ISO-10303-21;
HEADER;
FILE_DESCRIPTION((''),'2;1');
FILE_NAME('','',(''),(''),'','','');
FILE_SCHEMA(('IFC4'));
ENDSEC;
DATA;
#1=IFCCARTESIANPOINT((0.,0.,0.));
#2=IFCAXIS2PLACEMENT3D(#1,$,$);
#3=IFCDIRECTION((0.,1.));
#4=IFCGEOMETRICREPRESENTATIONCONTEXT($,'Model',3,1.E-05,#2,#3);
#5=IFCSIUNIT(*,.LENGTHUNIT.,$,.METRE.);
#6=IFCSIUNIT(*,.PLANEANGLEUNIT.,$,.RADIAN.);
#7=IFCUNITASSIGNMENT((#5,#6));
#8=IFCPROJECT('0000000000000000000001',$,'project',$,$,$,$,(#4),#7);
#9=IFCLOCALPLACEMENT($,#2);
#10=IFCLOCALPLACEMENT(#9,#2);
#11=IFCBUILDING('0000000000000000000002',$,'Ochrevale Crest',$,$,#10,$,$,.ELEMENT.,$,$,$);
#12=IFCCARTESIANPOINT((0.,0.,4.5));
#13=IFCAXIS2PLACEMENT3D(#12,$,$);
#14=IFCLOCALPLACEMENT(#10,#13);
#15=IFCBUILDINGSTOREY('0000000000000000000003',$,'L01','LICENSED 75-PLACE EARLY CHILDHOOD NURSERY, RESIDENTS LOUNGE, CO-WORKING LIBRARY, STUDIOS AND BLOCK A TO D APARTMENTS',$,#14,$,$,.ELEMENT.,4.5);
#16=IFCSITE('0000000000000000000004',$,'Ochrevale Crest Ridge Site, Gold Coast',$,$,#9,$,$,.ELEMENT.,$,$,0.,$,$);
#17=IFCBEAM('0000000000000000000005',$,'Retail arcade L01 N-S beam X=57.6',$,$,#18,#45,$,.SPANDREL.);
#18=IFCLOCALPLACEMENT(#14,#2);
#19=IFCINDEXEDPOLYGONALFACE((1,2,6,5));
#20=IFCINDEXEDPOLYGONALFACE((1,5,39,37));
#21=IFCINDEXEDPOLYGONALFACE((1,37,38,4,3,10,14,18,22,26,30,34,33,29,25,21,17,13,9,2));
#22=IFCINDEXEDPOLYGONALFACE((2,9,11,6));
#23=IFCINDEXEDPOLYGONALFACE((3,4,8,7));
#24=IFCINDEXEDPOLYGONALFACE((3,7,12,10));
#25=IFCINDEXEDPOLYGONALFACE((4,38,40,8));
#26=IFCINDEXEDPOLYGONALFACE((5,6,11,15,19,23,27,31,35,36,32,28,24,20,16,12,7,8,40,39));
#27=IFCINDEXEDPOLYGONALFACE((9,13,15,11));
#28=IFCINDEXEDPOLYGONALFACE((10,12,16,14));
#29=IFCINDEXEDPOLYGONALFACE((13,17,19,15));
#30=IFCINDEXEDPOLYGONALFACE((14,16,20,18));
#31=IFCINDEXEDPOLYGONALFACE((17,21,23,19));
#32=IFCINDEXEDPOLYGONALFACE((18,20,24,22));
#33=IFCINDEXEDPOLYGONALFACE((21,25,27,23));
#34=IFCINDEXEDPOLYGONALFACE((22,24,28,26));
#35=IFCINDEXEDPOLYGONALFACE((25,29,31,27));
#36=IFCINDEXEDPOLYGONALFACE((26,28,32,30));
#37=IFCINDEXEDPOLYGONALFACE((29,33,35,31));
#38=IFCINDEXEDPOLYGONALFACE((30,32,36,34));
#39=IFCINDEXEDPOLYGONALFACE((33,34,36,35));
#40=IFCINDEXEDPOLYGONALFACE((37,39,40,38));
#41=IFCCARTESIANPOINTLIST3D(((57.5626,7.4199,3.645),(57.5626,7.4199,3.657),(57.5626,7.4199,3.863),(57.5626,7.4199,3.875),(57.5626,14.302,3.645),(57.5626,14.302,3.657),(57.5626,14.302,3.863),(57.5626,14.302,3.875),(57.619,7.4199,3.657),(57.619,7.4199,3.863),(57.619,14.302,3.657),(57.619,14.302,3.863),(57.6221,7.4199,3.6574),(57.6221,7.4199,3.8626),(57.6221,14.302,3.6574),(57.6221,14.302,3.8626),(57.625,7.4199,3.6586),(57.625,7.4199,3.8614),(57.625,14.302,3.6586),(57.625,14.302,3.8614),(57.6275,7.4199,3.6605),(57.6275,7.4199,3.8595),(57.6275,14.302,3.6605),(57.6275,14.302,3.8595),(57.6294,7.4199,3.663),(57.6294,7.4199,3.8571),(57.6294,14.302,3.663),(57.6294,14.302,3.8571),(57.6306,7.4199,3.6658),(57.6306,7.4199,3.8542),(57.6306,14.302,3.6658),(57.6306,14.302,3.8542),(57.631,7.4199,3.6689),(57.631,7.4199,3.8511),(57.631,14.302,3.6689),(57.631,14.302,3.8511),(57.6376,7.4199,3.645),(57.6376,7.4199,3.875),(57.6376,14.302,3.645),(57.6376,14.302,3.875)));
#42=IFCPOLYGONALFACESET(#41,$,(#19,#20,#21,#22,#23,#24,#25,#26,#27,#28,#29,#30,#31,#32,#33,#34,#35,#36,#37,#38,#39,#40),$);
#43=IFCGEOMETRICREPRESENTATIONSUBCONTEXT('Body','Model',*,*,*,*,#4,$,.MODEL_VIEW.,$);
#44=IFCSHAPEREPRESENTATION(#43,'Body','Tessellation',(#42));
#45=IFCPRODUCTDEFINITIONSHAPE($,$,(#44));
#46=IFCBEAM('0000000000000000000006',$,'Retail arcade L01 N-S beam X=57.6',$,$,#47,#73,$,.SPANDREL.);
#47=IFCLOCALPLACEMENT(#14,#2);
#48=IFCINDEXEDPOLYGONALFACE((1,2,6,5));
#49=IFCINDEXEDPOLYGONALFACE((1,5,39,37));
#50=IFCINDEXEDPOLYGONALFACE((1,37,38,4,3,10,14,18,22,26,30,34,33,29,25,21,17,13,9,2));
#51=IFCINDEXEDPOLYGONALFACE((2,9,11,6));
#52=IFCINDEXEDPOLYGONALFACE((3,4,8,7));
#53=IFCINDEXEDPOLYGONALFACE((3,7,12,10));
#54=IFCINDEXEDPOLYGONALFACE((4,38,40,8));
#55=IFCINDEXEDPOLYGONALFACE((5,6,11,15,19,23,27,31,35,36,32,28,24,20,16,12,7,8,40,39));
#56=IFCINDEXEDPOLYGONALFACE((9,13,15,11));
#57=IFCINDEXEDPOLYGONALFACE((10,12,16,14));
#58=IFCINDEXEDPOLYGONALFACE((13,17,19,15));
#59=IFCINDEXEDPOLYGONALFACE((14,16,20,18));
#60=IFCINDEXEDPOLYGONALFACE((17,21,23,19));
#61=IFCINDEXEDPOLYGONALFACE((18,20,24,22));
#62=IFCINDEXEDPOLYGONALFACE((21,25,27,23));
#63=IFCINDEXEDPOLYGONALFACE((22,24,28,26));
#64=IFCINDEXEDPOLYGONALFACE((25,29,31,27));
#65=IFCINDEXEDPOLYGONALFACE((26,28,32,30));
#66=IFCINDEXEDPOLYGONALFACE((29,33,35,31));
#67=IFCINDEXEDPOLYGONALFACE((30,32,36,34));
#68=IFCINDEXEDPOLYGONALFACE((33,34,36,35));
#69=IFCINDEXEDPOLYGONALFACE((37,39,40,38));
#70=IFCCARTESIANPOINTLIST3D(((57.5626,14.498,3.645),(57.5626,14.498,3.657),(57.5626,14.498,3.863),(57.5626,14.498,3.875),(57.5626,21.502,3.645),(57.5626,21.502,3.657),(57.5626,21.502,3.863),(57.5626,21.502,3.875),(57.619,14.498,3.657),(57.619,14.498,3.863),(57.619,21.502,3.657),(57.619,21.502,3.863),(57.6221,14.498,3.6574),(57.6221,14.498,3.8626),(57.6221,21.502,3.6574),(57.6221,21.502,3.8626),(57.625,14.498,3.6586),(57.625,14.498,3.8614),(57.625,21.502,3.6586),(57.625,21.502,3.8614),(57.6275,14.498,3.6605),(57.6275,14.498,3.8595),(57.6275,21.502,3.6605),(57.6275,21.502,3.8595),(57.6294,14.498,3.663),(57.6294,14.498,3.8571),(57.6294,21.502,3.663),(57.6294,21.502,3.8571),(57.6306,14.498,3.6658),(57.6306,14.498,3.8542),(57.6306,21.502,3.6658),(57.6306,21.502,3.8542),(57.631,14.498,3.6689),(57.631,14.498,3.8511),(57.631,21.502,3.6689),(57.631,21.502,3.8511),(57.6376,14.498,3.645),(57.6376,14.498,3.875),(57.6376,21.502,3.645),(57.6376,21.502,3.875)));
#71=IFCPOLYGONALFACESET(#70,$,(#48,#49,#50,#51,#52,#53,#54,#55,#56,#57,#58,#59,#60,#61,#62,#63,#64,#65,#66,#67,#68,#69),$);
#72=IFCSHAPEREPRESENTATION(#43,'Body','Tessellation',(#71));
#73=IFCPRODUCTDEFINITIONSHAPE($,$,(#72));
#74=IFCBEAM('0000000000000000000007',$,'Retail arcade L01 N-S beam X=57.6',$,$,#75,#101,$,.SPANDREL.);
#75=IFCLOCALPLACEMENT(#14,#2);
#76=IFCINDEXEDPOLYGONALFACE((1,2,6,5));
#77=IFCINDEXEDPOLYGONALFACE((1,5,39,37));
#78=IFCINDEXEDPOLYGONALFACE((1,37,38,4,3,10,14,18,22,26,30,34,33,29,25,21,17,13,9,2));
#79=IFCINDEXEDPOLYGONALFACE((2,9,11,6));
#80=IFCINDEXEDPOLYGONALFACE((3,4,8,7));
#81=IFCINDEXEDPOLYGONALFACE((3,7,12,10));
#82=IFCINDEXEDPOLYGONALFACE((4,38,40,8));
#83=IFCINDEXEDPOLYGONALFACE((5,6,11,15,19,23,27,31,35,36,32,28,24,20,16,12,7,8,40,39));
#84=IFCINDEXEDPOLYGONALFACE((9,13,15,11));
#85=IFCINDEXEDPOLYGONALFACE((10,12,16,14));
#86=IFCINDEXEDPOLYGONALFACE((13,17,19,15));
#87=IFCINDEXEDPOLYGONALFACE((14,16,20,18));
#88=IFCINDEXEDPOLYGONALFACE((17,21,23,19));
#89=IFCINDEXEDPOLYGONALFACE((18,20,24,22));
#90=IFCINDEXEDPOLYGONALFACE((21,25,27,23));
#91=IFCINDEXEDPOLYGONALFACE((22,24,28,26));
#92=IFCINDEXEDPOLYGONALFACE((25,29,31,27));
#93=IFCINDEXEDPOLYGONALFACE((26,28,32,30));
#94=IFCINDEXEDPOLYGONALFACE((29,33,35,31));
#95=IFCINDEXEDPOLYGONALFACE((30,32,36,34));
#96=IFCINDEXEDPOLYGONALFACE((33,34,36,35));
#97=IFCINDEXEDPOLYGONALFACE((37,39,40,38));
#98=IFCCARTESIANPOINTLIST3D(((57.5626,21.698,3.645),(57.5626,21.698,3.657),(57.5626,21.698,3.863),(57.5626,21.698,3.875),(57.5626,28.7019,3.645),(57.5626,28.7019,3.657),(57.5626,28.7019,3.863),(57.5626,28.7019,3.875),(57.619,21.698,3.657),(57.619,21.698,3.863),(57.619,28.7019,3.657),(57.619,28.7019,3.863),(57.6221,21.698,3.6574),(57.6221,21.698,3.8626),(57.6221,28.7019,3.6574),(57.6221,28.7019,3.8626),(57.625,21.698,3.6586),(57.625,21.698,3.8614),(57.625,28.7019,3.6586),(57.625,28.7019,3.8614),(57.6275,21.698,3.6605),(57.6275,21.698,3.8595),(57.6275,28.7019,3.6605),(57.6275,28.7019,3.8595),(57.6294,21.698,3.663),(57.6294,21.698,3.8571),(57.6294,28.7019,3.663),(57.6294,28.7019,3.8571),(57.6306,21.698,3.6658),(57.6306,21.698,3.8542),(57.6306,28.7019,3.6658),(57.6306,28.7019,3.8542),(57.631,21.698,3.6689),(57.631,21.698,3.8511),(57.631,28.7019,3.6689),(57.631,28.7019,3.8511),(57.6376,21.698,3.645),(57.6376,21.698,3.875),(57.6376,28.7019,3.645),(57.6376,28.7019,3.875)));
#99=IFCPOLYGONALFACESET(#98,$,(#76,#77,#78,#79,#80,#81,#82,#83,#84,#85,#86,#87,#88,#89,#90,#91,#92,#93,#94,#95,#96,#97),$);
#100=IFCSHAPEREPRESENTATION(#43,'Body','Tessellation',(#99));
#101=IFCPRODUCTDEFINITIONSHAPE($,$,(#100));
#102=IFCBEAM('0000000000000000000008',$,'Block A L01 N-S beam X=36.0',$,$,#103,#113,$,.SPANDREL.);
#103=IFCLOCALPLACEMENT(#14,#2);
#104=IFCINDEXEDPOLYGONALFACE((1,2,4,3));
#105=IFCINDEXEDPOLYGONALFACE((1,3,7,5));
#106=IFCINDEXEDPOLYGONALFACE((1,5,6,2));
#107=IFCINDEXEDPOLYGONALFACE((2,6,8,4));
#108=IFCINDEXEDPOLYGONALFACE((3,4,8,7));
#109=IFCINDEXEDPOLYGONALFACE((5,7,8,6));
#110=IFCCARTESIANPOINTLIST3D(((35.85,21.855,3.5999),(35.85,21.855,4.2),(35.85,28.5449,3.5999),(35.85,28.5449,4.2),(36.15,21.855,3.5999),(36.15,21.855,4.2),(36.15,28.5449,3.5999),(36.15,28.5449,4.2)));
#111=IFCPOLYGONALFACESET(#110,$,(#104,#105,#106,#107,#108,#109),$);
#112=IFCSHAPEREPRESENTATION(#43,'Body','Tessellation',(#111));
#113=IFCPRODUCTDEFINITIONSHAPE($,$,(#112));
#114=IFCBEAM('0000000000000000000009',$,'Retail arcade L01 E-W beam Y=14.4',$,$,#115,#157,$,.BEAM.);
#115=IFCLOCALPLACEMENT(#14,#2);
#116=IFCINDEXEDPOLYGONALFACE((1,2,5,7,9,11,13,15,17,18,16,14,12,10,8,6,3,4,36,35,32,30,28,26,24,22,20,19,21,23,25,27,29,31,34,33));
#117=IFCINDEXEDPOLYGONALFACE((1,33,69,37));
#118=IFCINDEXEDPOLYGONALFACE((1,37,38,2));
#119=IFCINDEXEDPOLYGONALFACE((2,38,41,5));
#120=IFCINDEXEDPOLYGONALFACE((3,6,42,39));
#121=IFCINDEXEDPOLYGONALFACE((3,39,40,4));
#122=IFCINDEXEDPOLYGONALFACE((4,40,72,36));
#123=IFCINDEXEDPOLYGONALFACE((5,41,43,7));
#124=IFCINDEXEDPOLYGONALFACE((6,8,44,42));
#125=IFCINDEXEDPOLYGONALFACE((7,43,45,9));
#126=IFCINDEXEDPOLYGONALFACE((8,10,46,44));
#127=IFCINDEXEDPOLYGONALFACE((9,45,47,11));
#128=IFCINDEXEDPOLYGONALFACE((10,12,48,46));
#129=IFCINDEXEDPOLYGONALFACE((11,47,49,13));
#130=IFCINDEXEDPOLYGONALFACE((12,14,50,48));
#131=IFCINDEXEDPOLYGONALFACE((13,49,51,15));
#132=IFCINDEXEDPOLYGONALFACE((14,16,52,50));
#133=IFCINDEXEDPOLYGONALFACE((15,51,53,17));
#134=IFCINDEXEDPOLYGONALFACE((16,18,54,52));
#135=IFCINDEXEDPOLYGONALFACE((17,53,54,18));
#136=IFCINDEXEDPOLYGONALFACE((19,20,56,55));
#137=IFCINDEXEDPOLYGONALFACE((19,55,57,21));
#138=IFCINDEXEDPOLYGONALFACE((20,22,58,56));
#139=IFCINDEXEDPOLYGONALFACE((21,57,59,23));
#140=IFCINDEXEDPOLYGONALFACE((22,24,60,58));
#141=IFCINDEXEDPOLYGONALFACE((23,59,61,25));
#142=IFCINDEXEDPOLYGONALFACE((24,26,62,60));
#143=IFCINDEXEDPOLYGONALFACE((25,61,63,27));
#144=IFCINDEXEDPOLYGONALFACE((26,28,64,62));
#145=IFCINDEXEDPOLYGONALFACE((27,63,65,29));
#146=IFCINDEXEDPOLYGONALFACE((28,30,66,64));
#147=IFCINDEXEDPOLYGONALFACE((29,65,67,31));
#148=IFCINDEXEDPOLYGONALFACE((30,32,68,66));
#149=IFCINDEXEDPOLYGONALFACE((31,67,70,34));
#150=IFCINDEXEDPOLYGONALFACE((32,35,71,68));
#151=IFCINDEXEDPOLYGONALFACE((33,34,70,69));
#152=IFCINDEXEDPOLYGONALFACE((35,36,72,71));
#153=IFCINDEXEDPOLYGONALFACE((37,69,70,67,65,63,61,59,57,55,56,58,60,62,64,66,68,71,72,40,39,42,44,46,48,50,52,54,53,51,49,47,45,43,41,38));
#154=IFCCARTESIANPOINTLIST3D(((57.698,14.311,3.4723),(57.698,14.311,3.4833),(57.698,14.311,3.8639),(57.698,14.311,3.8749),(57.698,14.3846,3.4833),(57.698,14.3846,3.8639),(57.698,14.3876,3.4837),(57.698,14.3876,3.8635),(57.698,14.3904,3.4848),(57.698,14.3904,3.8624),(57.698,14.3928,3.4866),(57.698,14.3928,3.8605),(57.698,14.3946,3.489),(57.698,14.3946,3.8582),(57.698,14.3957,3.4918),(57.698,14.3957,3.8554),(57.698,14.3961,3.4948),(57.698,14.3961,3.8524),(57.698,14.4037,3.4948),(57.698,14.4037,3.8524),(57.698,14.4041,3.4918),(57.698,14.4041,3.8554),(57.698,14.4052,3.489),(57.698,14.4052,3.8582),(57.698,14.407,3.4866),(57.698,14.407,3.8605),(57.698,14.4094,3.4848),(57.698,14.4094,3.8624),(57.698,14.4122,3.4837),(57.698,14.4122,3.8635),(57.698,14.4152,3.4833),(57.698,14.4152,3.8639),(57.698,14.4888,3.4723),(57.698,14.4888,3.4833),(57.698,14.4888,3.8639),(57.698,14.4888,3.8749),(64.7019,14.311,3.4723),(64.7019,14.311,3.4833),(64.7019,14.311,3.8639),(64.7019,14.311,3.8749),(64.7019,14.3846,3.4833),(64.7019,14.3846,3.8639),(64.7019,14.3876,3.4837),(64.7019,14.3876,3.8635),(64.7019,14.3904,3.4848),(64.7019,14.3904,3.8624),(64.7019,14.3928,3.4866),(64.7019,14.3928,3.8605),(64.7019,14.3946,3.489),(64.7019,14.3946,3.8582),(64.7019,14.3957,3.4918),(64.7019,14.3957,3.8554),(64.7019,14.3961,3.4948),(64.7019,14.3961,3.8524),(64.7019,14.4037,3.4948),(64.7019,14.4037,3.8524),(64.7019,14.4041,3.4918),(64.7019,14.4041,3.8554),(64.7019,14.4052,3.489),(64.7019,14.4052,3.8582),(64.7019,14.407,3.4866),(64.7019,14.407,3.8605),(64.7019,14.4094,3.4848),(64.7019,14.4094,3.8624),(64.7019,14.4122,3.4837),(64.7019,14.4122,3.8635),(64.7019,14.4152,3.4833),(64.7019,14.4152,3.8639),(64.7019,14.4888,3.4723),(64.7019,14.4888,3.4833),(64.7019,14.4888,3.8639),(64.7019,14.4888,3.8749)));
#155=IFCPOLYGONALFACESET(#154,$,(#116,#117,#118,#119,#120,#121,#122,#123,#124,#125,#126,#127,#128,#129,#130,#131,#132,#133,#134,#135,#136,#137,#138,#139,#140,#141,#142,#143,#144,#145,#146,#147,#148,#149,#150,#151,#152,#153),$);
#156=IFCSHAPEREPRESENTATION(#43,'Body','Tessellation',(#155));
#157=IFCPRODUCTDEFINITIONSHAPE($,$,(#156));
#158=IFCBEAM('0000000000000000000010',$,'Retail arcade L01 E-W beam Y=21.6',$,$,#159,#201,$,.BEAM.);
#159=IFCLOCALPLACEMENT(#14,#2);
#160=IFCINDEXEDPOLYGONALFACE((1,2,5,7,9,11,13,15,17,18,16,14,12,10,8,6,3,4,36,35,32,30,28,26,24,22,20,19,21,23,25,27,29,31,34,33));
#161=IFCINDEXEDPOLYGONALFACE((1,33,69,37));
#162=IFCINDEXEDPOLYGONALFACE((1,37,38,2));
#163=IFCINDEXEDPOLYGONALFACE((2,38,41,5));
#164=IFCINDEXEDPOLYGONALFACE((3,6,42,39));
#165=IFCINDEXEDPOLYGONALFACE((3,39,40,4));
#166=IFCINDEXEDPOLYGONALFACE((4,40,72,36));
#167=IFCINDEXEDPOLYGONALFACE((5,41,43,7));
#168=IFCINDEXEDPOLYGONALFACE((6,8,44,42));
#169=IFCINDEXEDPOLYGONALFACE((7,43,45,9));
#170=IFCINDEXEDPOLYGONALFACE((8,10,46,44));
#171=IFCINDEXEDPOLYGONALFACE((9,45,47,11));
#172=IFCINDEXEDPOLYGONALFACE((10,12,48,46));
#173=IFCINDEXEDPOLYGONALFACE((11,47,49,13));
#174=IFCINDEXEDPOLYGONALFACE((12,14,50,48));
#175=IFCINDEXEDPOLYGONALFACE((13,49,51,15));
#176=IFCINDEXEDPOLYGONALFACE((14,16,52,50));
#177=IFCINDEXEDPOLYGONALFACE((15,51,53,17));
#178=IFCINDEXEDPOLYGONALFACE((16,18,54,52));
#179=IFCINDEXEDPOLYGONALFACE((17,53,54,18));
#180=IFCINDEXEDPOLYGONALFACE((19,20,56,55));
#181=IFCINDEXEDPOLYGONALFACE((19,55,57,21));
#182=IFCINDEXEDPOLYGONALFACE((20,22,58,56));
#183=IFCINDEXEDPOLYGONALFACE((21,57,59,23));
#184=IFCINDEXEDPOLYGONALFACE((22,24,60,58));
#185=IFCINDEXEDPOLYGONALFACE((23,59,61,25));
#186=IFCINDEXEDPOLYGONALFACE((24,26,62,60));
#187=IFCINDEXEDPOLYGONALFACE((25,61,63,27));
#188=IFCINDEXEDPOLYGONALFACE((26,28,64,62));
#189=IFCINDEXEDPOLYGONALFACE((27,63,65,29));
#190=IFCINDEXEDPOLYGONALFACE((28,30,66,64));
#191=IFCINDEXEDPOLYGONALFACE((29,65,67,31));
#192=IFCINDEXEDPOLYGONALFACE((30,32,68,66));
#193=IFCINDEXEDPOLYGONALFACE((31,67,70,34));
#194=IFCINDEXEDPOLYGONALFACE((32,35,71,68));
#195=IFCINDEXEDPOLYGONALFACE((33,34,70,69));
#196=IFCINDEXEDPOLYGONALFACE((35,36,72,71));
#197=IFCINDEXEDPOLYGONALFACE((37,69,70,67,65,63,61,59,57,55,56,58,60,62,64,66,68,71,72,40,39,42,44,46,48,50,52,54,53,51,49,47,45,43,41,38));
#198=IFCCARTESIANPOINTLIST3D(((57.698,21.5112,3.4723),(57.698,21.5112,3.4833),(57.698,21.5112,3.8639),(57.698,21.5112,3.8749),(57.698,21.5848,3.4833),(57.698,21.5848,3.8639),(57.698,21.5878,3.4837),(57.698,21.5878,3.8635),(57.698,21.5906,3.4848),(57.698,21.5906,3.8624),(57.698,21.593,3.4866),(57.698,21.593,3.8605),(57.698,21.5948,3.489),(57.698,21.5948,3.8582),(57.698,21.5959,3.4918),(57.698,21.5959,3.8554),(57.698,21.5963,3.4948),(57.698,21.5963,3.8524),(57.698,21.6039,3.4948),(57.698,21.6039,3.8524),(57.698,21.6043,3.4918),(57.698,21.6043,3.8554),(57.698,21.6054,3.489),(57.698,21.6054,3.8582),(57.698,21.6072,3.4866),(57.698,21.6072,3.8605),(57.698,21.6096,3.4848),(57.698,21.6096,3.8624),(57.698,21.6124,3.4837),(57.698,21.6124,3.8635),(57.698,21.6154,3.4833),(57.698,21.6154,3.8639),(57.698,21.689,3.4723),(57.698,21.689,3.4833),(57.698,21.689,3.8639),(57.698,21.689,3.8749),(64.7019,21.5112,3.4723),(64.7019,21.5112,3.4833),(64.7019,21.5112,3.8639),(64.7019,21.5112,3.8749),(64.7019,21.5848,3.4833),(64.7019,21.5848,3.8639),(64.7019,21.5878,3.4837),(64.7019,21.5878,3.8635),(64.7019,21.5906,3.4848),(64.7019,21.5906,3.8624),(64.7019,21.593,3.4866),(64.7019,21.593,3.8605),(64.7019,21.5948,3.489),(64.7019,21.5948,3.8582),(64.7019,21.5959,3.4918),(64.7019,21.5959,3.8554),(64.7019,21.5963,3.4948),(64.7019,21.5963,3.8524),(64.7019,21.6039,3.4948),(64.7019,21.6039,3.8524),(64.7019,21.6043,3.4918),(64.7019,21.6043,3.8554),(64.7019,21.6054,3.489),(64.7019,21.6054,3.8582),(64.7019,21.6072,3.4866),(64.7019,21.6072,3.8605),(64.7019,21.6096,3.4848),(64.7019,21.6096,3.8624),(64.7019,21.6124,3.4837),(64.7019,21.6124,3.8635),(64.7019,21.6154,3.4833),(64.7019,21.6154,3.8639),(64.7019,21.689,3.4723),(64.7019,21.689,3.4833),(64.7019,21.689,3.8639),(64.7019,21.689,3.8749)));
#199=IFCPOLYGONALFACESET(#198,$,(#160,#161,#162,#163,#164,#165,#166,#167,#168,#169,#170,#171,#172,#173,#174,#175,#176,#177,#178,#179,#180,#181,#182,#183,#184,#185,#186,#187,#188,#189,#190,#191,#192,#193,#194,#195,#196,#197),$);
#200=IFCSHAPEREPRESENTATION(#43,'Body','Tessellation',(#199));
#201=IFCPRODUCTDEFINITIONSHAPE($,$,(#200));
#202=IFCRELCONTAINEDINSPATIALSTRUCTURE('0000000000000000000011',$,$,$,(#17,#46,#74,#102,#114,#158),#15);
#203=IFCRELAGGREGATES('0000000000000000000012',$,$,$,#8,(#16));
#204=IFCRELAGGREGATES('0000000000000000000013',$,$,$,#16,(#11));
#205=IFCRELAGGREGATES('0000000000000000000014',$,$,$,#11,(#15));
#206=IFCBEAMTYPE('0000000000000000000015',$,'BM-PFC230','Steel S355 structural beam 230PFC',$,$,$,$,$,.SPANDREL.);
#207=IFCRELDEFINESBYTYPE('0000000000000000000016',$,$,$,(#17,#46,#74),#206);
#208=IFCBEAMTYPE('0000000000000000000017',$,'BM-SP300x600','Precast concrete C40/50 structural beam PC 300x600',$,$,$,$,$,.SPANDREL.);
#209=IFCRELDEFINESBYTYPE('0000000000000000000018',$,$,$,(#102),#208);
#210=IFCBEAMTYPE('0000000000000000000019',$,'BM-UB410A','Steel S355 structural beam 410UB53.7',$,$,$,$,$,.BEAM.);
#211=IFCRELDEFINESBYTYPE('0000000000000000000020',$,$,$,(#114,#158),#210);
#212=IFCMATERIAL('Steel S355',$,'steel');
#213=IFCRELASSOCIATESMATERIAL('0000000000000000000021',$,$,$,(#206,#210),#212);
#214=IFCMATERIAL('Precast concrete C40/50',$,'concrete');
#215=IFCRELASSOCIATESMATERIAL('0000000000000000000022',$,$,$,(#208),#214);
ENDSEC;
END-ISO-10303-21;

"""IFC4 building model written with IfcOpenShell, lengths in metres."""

from ifc_helpers import new_model, si_unit, direction, frame, origin, origin_2d, place, context, subcontext, project, spatial, rectangle, i_section, u_section, extrude, material, material_profile, profile_set, type_object, element, save


model = new_model("IFC4")

# Units and contexts
model_context = context("Model", 3, precision=1e-05, world=origin(), true_north=direction((0.0, 1.0)))
body_context = subcontext(model_context, "Body", "Model", "MODEL_VIEW")
ifc_project = project(units=[si_unit("LENGTHUNIT", "METRE"), si_unit("PLANEANGLEUNIT", "RADIAN")], contexts=[model_context])

# Site, building, storey
site_placement = place(None, origin())
site = spatial("IfcSite", under=ifc_project, at=site_placement, Name="Ochrevale Crest Ridge Site, Gold Coast", CompositionType="ELEMENT", RefElevation=0.0)
building_placement = place(site_placement, origin())
building = spatial("IfcBuilding", under=site, at=building_placement, Name="Ochrevale Crest", CompositionType="ELEMENT")
storey_placement = place(building_placement, frame((0.0, 0.0, 4.5)))
storey = spatial("IfcBuildingStorey", under=building, at=storey_placement, Name="L01", Description="LICENSED 75-PLACE EARLY CHILDHOOD NURSERY, RESIDENTS LOUNGE, CO-WORKING LIBRARY, STUDIOS AND BLOCK A TO D APARTMENTS", CompositionType="ELEMENT", Elevation=4.5)

# Shared definitions
ifc_material_1 = material(Name="Precast concrete C40/50", Category="concrete")
ifc_material_2 = material(Name="Steel S355", Category="steel")

# Beams
ifc_material_profile_1 = material_profile(ifc_material_2, u_section(Depth=0.23, FlangeWidth=0.075, WebThickness=0.0066, FlangeThickness=0.012, FilletRadius=0.012, at=origin_2d()), Name="230PFC")
ifc_profile_set_1 = profile_set([ifc_material_profile_1], Name="Steel S355")
beam_type_1 = type_object("IfcBeamType", Name="BM-PFC230", Description="Steel S355 structural beam 230PFC", PredefinedType="SPANDREL", material=ifc_profile_set_1)
beam_1_placement = place(storey_placement, frame((57.6001, 7.4199, 3.76), z_axis=(0.0, 1.0, 0.0), x_axis=(-1.0, 0.0, 0.0)))
element("IfcBeam", 1, at=beam_1_placement, inside=storey, type_object=beam_type_1, Name="Retail arcade L01 N-S beam X=57.6", PredefinedType="SPANDREL", context=body_context, shape_type="SweptSolid", body=[
    extrude(u_section(Depth=0.23, FlangeWidth=0.075, WebThickness=0.0066, FlangeThickness=0.012, FilletRadius=0.012, at=origin_2d()), origin(), (0.0, 0.0, 1.0), 6.8821),
])
for number, where, z_axis, x_axis, name in (
    (2, (57.6001, 14.498, 3.76), (0.0, 1.0, 0.0), (-1.0, 0.0, 0.0), "Retail arcade L01 N-S beam X=57.6"),
    (3, (57.6001, 21.698, 3.76), (0.0, 1.0, 0.0), (-1.0, 0.0, 0.0), "Retail arcade L01 N-S beam X=57.6"),
):
    element("IfcBeam", number, at=place(storey_placement, frame(where, z_axis=z_axis, x_axis=x_axis)), inside=storey, type_object=beam_type_1, Name=name, PredefinedType="SPANDREL", context=body_context, shape_type="SweptSolid", body=[
        extrude(u_section(Depth=0.23, FlangeWidth=0.075, WebThickness=0.0066, FlangeThickness=0.012, FilletRadius=0.012, at=origin_2d()), origin(), (0.0, 0.0, 1.0), 7.0039),
    ])
ifc_material_profile_2 = material_profile(ifc_material_1, rectangle(XDim=0.3, YDim=0.6001, at=origin_2d()), Name="PC 300x600")
ifc_profile_set_2 = profile_set([ifc_material_profile_2], Name="Precast concrete C40/50")
beam_type_2 = type_object("IfcBeamType", Name="BM-SP300x600", Description="Precast concrete C40/50 structural beam PC 300x600", PredefinedType="SPANDREL", material=ifc_profile_set_2)
beam_2_placement = place(storey_placement, frame((36.0, 21.855, 3.8999), z_axis=(0.0, 1.0, 0.0), x_axis=(-1.0, 0.0, 0.0)))
element("IfcBeam", 4, at=beam_2_placement, inside=storey, type_object=beam_type_2, Name="Block A L01 N-S beam X=36.0", PredefinedType="SPANDREL", context=body_context, shape_type="SweptSolid", body=[
    extrude(rectangle(XDim=0.3, YDim=0.6001, at=origin_2d()), origin(), (0.0, 0.0, 1.0), 6.6899),
])
ifc_material_profile_3 = material_profile(ifc_material_2, i_section(OverallWidth=0.1777, OverallDepth=0.4026, WebThickness=0.0076, FlangeThickness=0.011, FilletRadius=0.0115, at=origin_2d()), Name="410UB53.7")
ifc_profile_set_3 = profile_set([ifc_material_profile_3], Name="Steel S355")
beam_type_3 = type_object("IfcBeamType", Name="BM-UB410A", Description="Steel S355 structural beam 410UB53.7", PredefinedType="BEAM", material=ifc_profile_set_3)
for number, where, z_axis, x_axis, name in (
    (5, (57.698, 14.3999, 3.6736), (1.0, 0.0, 0.0), (0.0, 1.0, 0.0), "Retail arcade L01 E-W beam Y=14.4"),
    (6, (57.698, 21.6001, 3.6736), (1.0, 0.0, 0.0), (0.0, 1.0, 0.0), "Retail arcade L01 E-W beam Y=21.6"),
):
    element("IfcBeam", number, at=place(storey_placement, frame(where, z_axis=z_axis, x_axis=x_axis)), inside=storey, type_object=beam_type_3, Name=name, PredefinedType="BEAM", context=body_context, shape_type="SweptSolid", body=[
        extrude(i_section(OverallWidth=0.1777, OverallDepth=0.4026, WebThickness=0.0076, FlangeThickness=0.011, FilletRadius=0.0115, at=origin_2d()), origin(), (0.0, 0.0, 1.0), 7.0039),
    ])

save(model, "model.ifc")
